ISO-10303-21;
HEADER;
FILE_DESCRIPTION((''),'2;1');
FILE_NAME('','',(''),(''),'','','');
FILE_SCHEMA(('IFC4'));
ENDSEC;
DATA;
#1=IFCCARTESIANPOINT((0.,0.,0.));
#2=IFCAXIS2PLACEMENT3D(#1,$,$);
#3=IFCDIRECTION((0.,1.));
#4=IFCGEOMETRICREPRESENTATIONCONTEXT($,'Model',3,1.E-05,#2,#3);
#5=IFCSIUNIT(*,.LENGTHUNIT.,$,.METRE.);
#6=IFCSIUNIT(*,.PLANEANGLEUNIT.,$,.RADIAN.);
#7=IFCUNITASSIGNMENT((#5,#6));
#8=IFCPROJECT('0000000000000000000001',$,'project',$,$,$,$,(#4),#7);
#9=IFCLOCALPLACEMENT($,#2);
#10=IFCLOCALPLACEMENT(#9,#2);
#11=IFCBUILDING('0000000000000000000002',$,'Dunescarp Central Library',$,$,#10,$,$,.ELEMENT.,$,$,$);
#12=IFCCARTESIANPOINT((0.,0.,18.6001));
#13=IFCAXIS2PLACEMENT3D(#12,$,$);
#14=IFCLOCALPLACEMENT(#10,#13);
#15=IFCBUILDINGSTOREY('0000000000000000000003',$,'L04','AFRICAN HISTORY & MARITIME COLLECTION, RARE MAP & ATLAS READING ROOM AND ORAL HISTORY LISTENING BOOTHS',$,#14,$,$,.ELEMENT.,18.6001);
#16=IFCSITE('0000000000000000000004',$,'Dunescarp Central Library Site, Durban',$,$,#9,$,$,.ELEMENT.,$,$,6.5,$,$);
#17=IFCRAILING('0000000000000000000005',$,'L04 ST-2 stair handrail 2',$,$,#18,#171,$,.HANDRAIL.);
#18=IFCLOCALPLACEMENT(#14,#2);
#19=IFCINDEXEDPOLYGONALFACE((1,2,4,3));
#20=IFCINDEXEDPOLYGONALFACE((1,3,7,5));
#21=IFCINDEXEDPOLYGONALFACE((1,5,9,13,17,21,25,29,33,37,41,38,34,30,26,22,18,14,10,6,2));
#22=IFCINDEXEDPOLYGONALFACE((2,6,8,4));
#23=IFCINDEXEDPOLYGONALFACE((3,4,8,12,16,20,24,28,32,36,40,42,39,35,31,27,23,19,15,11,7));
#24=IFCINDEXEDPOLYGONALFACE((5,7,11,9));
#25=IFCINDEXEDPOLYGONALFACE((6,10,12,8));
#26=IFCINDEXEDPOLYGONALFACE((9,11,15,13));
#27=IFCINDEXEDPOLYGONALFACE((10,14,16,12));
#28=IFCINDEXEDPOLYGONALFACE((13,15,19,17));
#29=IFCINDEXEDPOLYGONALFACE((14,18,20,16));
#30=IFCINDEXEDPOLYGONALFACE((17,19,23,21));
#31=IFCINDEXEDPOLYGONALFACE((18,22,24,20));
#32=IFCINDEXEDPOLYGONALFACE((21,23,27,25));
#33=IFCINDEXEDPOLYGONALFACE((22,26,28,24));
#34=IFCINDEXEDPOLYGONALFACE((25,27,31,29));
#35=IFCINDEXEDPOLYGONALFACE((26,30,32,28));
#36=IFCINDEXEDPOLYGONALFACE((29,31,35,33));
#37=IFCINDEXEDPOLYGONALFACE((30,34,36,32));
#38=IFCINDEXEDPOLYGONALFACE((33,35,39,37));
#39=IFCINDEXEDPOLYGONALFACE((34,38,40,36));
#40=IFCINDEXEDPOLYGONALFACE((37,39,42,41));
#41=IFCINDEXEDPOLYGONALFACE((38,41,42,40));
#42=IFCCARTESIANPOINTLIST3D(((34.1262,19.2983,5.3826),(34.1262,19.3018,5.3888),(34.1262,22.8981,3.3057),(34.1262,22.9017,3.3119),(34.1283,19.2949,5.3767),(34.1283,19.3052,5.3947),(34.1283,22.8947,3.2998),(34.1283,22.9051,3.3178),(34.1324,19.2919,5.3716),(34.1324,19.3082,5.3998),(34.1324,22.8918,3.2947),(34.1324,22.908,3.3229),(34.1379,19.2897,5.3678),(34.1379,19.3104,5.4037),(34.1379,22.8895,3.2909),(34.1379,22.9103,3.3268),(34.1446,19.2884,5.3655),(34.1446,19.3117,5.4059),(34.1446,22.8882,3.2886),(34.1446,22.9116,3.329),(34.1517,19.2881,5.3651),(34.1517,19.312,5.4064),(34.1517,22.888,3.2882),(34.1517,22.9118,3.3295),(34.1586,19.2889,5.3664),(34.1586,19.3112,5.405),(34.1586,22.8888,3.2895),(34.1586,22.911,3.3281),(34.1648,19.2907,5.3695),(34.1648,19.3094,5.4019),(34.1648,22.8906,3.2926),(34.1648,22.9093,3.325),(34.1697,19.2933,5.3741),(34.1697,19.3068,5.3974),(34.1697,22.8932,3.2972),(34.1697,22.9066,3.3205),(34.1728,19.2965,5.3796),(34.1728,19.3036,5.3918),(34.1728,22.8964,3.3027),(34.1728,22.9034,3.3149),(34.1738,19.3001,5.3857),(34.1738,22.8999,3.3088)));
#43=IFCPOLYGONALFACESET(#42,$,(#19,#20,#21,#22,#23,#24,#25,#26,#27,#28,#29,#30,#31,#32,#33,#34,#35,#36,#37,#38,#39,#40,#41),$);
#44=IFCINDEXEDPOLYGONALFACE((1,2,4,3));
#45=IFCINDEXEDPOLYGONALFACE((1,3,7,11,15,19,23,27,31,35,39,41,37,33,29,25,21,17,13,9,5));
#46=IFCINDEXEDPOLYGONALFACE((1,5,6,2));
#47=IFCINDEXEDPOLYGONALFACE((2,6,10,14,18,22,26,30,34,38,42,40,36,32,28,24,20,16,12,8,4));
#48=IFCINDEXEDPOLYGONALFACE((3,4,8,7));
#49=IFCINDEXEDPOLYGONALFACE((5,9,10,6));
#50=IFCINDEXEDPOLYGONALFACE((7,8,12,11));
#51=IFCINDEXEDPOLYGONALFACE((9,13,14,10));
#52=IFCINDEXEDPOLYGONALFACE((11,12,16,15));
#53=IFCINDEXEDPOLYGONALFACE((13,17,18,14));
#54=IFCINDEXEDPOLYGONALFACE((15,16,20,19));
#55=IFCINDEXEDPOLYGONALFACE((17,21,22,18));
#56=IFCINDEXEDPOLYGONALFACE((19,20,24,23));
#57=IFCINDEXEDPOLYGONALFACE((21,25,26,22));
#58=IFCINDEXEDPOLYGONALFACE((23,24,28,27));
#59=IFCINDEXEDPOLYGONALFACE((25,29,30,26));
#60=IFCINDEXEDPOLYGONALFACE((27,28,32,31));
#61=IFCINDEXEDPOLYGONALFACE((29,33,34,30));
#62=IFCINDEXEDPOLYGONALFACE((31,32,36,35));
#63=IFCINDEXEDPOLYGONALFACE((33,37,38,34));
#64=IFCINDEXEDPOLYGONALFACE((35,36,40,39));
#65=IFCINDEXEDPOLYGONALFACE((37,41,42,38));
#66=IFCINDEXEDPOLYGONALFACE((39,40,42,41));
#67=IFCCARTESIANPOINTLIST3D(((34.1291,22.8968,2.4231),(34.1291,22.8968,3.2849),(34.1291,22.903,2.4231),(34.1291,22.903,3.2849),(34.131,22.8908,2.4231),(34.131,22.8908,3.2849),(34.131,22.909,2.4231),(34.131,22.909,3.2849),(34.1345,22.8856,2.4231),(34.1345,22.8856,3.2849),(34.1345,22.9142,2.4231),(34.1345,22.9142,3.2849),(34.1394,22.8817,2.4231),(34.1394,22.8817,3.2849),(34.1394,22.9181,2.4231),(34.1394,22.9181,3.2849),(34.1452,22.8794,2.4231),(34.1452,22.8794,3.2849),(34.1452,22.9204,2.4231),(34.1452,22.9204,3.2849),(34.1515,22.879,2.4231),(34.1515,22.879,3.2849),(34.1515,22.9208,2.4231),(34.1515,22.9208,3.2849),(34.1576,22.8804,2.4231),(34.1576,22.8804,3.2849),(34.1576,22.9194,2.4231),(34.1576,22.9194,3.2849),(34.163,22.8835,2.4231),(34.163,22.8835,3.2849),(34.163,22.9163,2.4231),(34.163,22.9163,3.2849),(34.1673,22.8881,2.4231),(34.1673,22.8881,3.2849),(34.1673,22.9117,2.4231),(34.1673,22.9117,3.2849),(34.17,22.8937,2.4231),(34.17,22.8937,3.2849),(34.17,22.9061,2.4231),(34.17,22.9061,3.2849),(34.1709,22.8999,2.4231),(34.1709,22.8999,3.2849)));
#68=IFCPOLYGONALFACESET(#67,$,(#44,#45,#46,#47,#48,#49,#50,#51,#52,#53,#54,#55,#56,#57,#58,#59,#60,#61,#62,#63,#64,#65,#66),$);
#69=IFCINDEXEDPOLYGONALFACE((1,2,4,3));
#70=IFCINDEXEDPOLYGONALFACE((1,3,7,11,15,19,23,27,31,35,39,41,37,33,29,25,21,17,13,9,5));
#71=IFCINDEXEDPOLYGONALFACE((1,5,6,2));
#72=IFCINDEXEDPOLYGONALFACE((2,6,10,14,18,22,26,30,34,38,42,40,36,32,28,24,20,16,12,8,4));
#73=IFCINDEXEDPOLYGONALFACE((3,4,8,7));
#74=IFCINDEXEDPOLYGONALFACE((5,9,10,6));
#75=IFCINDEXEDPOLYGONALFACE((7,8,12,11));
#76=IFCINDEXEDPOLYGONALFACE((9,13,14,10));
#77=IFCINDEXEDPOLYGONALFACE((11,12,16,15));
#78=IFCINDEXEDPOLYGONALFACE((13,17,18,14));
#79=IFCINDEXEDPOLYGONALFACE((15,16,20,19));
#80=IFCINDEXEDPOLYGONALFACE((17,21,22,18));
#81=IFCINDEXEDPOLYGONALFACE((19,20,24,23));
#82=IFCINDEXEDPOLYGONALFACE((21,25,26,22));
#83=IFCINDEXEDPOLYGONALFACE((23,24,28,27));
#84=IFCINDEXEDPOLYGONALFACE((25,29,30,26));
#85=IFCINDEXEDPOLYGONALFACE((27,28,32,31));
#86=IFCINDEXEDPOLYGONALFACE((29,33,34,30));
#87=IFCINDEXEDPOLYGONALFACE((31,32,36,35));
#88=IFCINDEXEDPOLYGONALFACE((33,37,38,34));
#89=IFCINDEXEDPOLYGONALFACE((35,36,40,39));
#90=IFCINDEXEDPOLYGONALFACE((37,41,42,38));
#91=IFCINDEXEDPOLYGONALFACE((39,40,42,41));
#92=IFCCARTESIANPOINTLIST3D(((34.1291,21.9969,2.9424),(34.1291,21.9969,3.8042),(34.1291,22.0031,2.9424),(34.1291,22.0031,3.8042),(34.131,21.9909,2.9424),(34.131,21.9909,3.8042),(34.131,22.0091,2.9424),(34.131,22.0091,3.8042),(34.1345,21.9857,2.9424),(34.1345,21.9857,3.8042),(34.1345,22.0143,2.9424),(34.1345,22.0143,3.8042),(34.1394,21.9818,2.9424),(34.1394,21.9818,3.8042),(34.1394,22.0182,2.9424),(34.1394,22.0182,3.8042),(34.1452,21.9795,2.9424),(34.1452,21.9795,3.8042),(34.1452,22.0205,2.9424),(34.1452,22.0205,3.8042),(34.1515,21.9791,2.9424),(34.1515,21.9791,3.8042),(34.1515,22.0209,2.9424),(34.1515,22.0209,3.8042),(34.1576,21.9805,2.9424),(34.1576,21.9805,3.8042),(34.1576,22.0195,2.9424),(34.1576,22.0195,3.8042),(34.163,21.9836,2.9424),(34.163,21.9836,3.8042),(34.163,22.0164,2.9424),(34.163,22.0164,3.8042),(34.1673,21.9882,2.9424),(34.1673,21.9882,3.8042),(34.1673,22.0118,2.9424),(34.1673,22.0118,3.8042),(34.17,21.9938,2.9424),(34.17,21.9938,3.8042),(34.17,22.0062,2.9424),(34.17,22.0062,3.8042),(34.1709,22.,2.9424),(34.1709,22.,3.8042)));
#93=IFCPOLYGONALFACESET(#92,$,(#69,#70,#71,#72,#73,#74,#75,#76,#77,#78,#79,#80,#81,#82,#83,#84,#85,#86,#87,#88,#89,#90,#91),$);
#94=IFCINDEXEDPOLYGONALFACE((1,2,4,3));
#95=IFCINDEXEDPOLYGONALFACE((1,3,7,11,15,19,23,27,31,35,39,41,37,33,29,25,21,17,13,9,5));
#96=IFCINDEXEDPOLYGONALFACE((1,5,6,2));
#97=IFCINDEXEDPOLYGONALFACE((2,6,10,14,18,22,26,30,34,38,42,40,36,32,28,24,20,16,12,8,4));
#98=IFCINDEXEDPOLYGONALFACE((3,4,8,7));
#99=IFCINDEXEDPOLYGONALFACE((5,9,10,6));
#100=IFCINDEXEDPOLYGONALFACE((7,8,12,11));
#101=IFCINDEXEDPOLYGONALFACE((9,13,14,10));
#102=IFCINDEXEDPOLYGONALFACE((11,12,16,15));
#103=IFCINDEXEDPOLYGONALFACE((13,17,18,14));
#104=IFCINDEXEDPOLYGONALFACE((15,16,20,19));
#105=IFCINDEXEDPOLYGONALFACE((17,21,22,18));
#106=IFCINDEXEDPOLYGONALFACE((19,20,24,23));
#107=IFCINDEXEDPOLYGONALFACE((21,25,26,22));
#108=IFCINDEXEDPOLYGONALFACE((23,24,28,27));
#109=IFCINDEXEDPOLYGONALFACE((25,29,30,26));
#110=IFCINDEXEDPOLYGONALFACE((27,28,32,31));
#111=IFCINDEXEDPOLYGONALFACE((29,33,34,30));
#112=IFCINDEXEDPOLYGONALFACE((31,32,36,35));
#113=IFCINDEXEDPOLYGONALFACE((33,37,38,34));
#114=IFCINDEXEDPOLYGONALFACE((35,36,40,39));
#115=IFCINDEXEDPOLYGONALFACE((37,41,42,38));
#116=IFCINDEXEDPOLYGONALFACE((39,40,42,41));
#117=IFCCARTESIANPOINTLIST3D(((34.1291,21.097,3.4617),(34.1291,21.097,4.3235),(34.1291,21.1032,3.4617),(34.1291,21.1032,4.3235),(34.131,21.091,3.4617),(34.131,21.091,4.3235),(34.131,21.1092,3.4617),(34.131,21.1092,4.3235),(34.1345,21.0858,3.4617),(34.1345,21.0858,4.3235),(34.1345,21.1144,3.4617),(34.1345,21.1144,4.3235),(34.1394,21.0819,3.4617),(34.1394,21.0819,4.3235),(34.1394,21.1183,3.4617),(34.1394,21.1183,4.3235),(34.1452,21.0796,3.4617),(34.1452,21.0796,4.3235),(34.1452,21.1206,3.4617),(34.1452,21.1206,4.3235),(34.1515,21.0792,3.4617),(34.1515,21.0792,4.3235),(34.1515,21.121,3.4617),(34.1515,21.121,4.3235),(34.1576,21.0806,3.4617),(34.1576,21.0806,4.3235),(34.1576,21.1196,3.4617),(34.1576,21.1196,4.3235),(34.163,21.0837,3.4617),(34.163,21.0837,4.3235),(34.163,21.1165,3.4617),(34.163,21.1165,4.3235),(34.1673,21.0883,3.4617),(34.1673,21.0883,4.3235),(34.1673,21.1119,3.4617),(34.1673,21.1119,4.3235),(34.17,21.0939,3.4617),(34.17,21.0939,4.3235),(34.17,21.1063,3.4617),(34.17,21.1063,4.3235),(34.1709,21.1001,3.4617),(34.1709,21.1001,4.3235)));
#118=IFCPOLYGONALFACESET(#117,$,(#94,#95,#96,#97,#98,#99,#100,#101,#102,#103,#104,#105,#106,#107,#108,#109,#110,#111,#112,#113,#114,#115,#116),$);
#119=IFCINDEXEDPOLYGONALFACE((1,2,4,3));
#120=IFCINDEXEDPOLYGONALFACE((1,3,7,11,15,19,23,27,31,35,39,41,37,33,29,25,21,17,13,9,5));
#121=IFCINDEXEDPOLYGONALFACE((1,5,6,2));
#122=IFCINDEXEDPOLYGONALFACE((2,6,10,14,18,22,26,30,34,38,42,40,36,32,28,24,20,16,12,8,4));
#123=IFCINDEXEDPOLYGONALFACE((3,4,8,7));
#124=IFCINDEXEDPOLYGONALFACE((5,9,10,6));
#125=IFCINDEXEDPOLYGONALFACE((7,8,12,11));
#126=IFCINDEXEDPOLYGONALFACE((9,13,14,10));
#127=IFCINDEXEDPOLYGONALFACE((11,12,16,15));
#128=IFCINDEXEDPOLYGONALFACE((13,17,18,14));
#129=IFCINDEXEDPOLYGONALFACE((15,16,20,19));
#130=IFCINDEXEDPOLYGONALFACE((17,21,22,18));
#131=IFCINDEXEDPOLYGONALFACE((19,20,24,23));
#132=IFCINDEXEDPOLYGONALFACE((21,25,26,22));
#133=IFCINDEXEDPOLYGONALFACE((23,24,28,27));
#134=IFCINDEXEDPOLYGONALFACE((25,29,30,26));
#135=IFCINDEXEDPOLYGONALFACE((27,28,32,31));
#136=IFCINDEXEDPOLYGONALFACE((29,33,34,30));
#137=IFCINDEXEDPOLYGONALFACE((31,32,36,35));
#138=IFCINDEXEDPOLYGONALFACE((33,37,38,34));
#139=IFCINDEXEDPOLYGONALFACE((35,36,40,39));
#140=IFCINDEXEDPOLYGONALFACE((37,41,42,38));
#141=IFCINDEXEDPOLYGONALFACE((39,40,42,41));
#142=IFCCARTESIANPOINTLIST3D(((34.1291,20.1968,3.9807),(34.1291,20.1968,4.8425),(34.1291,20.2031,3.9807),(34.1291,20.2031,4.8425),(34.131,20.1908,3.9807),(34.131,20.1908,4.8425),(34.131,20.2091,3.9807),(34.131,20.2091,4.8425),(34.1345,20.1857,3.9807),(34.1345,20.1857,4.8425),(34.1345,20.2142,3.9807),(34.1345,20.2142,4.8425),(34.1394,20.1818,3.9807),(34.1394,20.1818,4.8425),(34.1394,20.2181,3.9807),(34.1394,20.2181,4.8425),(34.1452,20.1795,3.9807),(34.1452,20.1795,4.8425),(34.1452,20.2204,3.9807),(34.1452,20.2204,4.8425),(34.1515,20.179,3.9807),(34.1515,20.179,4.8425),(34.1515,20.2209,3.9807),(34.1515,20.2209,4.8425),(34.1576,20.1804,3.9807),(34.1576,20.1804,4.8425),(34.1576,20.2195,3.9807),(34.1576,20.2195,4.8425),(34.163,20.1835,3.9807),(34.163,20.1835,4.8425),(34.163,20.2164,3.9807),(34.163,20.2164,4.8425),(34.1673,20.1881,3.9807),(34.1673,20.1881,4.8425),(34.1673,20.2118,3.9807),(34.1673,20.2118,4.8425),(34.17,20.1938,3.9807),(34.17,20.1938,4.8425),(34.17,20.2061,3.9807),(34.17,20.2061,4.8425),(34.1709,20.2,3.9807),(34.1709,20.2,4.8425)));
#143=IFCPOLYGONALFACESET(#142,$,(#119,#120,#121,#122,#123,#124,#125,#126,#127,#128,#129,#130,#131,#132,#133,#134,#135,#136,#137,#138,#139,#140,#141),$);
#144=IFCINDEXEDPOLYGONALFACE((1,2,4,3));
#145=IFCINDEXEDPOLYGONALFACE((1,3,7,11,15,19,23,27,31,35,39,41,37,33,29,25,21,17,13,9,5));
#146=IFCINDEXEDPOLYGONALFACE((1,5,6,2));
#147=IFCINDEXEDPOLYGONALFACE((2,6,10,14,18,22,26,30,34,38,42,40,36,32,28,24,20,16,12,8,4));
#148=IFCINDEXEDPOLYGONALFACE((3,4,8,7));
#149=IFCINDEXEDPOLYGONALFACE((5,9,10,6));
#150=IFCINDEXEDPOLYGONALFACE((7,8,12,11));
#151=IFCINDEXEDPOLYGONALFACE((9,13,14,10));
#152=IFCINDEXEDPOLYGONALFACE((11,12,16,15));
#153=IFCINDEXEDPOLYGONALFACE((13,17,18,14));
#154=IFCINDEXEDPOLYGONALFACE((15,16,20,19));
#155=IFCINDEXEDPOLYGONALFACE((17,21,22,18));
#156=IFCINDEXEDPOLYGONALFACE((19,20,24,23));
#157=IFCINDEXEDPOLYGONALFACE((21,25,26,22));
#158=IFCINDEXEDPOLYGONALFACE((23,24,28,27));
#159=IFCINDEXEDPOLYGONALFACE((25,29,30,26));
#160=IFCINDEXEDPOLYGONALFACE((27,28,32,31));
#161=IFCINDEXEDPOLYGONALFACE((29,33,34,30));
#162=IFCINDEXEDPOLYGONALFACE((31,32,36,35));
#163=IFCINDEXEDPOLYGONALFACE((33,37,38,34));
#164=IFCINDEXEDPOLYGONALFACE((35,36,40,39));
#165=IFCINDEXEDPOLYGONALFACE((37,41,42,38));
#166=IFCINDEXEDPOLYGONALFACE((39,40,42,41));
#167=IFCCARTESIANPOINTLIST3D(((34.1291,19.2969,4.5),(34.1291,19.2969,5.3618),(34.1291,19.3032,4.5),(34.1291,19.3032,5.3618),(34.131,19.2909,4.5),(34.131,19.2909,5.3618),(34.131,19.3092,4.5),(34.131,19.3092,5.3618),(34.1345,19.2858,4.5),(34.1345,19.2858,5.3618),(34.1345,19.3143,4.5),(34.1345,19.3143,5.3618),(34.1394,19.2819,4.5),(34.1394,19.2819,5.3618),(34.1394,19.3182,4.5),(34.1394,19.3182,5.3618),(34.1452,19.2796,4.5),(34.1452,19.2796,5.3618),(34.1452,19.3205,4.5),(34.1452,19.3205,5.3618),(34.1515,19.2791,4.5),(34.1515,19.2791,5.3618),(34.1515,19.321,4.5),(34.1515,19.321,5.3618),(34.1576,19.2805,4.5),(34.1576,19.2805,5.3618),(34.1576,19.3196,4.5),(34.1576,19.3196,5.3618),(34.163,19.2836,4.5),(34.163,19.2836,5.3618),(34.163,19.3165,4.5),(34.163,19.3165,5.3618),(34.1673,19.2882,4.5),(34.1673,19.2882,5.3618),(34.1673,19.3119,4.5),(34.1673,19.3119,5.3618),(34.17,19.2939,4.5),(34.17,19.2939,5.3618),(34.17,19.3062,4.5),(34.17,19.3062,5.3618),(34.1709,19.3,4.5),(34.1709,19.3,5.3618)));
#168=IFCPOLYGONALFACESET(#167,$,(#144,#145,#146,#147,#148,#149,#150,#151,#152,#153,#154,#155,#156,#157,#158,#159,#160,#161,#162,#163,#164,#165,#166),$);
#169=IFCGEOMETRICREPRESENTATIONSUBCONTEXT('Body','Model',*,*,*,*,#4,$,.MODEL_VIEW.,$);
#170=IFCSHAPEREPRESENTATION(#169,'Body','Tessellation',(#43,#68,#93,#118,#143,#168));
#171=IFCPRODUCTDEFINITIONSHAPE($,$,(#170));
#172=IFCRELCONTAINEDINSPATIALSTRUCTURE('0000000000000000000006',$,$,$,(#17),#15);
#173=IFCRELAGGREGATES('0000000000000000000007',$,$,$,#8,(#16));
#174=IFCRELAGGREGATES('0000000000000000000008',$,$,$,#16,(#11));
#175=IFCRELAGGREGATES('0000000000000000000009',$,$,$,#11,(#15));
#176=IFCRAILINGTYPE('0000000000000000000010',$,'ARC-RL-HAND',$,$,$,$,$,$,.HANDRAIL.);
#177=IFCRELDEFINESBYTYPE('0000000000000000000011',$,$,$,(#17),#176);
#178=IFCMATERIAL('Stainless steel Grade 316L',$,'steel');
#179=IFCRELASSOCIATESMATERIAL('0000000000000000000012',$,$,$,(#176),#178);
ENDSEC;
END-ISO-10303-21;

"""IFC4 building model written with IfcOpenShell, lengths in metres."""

from ifc_helpers import new_model, si_unit, direction, frame, origin, origin_2d, place, context, subcontext, project, spatial, circle, extrude, material, type_object, element, save


model = new_model("IFC4")

# Units and contexts
model_context = context("Model", 3, precision=1e-05, world=origin(), true_north=direction((0.0, 1.0)))
body_context = subcontext(model_context, "Body", "Model", "MODEL_VIEW")
ifc_project = project(units=[si_unit("LENGTHUNIT", "METRE"), si_unit("PLANEANGLEUNIT", "RADIAN")], contexts=[model_context])

# Site, building, storey
site_placement = place(None, origin())
site = spatial("IfcSite", under=ifc_project, at=site_placement, Name="Dunescarp Central Library Site, Durban", CompositionType="ELEMENT", RefElevation=6.5)
building_placement = place(site_placement, origin())
building = spatial("IfcBuilding", under=site, at=building_placement, Name="Dunescarp Central Library", CompositionType="ELEMENT")
storey_placement = place(building_placement, frame((0.0, 0.0, 18.6001)))
storey = spatial("IfcBuildingStorey", under=building, at=storey_placement, Name="L04", Description="AFRICAN HISTORY & MARITIME COLLECTION, RARE MAP & ATLAS READING ROOM AND ORAL HISTORY LISTENING BOOTHS", CompositionType="ELEMENT", Elevation=18.6001)

# Railing
ifc_material_1 = material(Name="Stainless steel Grade 316L", Category="steel")
railing_type_1 = type_object("IfcRailingType", Name="ARC-RL-HAND", PredefinedType="HANDRAIL", material=ifc_material_1)
railing_1_placement = place(storey_placement, frame((34.1499, 22.8999, 2.4231)))
element("IfcRailing", 1, at=railing_1_placement, inside=storey, type_object=railing_type_1, Name="L04 ST-2 stair handrail 2", PredefinedType="HANDRAIL", context=body_context, shape_type="SweptSolid", body=[
    extrude(circle(Radius=0.0239, at=origin_2d()), frame((0.0, 0.0, 0.8857), z_axis=(0.0, -0.866179, 0.499734), x_axis=(1.0, 0.0, 0.0)), (0.0, 0.0, 1.0), 4.156),
    extrude(circle(Radius=0.021, at=origin_2d()), origin(), (0.0, 0.0, 1.0), 0.8618),
    extrude(circle(Radius=0.021, at=origin_2d()), frame((0.0, -0.8999, 0.5193)), (0.0, 0.0, 1.0), 0.8618),
    extrude(circle(Radius=0.021, at=origin_2d()), frame((0.0, -1.7998, 1.0386)), (0.0, 0.0, 1.0), 0.8618),
    extrude(circle(Radius=0.021, at=origin_2d()), frame((0.0, -2.7, 1.5576)), (0.0, 0.0, 1.0), 0.8618),
    extrude(circle(Radius=0.021, at=origin_2d()), frame((0.0, -3.5999, 2.0769)), (0.0, 0.0, 1.0), 0.8618),
])

save(model, "model.ifc")
